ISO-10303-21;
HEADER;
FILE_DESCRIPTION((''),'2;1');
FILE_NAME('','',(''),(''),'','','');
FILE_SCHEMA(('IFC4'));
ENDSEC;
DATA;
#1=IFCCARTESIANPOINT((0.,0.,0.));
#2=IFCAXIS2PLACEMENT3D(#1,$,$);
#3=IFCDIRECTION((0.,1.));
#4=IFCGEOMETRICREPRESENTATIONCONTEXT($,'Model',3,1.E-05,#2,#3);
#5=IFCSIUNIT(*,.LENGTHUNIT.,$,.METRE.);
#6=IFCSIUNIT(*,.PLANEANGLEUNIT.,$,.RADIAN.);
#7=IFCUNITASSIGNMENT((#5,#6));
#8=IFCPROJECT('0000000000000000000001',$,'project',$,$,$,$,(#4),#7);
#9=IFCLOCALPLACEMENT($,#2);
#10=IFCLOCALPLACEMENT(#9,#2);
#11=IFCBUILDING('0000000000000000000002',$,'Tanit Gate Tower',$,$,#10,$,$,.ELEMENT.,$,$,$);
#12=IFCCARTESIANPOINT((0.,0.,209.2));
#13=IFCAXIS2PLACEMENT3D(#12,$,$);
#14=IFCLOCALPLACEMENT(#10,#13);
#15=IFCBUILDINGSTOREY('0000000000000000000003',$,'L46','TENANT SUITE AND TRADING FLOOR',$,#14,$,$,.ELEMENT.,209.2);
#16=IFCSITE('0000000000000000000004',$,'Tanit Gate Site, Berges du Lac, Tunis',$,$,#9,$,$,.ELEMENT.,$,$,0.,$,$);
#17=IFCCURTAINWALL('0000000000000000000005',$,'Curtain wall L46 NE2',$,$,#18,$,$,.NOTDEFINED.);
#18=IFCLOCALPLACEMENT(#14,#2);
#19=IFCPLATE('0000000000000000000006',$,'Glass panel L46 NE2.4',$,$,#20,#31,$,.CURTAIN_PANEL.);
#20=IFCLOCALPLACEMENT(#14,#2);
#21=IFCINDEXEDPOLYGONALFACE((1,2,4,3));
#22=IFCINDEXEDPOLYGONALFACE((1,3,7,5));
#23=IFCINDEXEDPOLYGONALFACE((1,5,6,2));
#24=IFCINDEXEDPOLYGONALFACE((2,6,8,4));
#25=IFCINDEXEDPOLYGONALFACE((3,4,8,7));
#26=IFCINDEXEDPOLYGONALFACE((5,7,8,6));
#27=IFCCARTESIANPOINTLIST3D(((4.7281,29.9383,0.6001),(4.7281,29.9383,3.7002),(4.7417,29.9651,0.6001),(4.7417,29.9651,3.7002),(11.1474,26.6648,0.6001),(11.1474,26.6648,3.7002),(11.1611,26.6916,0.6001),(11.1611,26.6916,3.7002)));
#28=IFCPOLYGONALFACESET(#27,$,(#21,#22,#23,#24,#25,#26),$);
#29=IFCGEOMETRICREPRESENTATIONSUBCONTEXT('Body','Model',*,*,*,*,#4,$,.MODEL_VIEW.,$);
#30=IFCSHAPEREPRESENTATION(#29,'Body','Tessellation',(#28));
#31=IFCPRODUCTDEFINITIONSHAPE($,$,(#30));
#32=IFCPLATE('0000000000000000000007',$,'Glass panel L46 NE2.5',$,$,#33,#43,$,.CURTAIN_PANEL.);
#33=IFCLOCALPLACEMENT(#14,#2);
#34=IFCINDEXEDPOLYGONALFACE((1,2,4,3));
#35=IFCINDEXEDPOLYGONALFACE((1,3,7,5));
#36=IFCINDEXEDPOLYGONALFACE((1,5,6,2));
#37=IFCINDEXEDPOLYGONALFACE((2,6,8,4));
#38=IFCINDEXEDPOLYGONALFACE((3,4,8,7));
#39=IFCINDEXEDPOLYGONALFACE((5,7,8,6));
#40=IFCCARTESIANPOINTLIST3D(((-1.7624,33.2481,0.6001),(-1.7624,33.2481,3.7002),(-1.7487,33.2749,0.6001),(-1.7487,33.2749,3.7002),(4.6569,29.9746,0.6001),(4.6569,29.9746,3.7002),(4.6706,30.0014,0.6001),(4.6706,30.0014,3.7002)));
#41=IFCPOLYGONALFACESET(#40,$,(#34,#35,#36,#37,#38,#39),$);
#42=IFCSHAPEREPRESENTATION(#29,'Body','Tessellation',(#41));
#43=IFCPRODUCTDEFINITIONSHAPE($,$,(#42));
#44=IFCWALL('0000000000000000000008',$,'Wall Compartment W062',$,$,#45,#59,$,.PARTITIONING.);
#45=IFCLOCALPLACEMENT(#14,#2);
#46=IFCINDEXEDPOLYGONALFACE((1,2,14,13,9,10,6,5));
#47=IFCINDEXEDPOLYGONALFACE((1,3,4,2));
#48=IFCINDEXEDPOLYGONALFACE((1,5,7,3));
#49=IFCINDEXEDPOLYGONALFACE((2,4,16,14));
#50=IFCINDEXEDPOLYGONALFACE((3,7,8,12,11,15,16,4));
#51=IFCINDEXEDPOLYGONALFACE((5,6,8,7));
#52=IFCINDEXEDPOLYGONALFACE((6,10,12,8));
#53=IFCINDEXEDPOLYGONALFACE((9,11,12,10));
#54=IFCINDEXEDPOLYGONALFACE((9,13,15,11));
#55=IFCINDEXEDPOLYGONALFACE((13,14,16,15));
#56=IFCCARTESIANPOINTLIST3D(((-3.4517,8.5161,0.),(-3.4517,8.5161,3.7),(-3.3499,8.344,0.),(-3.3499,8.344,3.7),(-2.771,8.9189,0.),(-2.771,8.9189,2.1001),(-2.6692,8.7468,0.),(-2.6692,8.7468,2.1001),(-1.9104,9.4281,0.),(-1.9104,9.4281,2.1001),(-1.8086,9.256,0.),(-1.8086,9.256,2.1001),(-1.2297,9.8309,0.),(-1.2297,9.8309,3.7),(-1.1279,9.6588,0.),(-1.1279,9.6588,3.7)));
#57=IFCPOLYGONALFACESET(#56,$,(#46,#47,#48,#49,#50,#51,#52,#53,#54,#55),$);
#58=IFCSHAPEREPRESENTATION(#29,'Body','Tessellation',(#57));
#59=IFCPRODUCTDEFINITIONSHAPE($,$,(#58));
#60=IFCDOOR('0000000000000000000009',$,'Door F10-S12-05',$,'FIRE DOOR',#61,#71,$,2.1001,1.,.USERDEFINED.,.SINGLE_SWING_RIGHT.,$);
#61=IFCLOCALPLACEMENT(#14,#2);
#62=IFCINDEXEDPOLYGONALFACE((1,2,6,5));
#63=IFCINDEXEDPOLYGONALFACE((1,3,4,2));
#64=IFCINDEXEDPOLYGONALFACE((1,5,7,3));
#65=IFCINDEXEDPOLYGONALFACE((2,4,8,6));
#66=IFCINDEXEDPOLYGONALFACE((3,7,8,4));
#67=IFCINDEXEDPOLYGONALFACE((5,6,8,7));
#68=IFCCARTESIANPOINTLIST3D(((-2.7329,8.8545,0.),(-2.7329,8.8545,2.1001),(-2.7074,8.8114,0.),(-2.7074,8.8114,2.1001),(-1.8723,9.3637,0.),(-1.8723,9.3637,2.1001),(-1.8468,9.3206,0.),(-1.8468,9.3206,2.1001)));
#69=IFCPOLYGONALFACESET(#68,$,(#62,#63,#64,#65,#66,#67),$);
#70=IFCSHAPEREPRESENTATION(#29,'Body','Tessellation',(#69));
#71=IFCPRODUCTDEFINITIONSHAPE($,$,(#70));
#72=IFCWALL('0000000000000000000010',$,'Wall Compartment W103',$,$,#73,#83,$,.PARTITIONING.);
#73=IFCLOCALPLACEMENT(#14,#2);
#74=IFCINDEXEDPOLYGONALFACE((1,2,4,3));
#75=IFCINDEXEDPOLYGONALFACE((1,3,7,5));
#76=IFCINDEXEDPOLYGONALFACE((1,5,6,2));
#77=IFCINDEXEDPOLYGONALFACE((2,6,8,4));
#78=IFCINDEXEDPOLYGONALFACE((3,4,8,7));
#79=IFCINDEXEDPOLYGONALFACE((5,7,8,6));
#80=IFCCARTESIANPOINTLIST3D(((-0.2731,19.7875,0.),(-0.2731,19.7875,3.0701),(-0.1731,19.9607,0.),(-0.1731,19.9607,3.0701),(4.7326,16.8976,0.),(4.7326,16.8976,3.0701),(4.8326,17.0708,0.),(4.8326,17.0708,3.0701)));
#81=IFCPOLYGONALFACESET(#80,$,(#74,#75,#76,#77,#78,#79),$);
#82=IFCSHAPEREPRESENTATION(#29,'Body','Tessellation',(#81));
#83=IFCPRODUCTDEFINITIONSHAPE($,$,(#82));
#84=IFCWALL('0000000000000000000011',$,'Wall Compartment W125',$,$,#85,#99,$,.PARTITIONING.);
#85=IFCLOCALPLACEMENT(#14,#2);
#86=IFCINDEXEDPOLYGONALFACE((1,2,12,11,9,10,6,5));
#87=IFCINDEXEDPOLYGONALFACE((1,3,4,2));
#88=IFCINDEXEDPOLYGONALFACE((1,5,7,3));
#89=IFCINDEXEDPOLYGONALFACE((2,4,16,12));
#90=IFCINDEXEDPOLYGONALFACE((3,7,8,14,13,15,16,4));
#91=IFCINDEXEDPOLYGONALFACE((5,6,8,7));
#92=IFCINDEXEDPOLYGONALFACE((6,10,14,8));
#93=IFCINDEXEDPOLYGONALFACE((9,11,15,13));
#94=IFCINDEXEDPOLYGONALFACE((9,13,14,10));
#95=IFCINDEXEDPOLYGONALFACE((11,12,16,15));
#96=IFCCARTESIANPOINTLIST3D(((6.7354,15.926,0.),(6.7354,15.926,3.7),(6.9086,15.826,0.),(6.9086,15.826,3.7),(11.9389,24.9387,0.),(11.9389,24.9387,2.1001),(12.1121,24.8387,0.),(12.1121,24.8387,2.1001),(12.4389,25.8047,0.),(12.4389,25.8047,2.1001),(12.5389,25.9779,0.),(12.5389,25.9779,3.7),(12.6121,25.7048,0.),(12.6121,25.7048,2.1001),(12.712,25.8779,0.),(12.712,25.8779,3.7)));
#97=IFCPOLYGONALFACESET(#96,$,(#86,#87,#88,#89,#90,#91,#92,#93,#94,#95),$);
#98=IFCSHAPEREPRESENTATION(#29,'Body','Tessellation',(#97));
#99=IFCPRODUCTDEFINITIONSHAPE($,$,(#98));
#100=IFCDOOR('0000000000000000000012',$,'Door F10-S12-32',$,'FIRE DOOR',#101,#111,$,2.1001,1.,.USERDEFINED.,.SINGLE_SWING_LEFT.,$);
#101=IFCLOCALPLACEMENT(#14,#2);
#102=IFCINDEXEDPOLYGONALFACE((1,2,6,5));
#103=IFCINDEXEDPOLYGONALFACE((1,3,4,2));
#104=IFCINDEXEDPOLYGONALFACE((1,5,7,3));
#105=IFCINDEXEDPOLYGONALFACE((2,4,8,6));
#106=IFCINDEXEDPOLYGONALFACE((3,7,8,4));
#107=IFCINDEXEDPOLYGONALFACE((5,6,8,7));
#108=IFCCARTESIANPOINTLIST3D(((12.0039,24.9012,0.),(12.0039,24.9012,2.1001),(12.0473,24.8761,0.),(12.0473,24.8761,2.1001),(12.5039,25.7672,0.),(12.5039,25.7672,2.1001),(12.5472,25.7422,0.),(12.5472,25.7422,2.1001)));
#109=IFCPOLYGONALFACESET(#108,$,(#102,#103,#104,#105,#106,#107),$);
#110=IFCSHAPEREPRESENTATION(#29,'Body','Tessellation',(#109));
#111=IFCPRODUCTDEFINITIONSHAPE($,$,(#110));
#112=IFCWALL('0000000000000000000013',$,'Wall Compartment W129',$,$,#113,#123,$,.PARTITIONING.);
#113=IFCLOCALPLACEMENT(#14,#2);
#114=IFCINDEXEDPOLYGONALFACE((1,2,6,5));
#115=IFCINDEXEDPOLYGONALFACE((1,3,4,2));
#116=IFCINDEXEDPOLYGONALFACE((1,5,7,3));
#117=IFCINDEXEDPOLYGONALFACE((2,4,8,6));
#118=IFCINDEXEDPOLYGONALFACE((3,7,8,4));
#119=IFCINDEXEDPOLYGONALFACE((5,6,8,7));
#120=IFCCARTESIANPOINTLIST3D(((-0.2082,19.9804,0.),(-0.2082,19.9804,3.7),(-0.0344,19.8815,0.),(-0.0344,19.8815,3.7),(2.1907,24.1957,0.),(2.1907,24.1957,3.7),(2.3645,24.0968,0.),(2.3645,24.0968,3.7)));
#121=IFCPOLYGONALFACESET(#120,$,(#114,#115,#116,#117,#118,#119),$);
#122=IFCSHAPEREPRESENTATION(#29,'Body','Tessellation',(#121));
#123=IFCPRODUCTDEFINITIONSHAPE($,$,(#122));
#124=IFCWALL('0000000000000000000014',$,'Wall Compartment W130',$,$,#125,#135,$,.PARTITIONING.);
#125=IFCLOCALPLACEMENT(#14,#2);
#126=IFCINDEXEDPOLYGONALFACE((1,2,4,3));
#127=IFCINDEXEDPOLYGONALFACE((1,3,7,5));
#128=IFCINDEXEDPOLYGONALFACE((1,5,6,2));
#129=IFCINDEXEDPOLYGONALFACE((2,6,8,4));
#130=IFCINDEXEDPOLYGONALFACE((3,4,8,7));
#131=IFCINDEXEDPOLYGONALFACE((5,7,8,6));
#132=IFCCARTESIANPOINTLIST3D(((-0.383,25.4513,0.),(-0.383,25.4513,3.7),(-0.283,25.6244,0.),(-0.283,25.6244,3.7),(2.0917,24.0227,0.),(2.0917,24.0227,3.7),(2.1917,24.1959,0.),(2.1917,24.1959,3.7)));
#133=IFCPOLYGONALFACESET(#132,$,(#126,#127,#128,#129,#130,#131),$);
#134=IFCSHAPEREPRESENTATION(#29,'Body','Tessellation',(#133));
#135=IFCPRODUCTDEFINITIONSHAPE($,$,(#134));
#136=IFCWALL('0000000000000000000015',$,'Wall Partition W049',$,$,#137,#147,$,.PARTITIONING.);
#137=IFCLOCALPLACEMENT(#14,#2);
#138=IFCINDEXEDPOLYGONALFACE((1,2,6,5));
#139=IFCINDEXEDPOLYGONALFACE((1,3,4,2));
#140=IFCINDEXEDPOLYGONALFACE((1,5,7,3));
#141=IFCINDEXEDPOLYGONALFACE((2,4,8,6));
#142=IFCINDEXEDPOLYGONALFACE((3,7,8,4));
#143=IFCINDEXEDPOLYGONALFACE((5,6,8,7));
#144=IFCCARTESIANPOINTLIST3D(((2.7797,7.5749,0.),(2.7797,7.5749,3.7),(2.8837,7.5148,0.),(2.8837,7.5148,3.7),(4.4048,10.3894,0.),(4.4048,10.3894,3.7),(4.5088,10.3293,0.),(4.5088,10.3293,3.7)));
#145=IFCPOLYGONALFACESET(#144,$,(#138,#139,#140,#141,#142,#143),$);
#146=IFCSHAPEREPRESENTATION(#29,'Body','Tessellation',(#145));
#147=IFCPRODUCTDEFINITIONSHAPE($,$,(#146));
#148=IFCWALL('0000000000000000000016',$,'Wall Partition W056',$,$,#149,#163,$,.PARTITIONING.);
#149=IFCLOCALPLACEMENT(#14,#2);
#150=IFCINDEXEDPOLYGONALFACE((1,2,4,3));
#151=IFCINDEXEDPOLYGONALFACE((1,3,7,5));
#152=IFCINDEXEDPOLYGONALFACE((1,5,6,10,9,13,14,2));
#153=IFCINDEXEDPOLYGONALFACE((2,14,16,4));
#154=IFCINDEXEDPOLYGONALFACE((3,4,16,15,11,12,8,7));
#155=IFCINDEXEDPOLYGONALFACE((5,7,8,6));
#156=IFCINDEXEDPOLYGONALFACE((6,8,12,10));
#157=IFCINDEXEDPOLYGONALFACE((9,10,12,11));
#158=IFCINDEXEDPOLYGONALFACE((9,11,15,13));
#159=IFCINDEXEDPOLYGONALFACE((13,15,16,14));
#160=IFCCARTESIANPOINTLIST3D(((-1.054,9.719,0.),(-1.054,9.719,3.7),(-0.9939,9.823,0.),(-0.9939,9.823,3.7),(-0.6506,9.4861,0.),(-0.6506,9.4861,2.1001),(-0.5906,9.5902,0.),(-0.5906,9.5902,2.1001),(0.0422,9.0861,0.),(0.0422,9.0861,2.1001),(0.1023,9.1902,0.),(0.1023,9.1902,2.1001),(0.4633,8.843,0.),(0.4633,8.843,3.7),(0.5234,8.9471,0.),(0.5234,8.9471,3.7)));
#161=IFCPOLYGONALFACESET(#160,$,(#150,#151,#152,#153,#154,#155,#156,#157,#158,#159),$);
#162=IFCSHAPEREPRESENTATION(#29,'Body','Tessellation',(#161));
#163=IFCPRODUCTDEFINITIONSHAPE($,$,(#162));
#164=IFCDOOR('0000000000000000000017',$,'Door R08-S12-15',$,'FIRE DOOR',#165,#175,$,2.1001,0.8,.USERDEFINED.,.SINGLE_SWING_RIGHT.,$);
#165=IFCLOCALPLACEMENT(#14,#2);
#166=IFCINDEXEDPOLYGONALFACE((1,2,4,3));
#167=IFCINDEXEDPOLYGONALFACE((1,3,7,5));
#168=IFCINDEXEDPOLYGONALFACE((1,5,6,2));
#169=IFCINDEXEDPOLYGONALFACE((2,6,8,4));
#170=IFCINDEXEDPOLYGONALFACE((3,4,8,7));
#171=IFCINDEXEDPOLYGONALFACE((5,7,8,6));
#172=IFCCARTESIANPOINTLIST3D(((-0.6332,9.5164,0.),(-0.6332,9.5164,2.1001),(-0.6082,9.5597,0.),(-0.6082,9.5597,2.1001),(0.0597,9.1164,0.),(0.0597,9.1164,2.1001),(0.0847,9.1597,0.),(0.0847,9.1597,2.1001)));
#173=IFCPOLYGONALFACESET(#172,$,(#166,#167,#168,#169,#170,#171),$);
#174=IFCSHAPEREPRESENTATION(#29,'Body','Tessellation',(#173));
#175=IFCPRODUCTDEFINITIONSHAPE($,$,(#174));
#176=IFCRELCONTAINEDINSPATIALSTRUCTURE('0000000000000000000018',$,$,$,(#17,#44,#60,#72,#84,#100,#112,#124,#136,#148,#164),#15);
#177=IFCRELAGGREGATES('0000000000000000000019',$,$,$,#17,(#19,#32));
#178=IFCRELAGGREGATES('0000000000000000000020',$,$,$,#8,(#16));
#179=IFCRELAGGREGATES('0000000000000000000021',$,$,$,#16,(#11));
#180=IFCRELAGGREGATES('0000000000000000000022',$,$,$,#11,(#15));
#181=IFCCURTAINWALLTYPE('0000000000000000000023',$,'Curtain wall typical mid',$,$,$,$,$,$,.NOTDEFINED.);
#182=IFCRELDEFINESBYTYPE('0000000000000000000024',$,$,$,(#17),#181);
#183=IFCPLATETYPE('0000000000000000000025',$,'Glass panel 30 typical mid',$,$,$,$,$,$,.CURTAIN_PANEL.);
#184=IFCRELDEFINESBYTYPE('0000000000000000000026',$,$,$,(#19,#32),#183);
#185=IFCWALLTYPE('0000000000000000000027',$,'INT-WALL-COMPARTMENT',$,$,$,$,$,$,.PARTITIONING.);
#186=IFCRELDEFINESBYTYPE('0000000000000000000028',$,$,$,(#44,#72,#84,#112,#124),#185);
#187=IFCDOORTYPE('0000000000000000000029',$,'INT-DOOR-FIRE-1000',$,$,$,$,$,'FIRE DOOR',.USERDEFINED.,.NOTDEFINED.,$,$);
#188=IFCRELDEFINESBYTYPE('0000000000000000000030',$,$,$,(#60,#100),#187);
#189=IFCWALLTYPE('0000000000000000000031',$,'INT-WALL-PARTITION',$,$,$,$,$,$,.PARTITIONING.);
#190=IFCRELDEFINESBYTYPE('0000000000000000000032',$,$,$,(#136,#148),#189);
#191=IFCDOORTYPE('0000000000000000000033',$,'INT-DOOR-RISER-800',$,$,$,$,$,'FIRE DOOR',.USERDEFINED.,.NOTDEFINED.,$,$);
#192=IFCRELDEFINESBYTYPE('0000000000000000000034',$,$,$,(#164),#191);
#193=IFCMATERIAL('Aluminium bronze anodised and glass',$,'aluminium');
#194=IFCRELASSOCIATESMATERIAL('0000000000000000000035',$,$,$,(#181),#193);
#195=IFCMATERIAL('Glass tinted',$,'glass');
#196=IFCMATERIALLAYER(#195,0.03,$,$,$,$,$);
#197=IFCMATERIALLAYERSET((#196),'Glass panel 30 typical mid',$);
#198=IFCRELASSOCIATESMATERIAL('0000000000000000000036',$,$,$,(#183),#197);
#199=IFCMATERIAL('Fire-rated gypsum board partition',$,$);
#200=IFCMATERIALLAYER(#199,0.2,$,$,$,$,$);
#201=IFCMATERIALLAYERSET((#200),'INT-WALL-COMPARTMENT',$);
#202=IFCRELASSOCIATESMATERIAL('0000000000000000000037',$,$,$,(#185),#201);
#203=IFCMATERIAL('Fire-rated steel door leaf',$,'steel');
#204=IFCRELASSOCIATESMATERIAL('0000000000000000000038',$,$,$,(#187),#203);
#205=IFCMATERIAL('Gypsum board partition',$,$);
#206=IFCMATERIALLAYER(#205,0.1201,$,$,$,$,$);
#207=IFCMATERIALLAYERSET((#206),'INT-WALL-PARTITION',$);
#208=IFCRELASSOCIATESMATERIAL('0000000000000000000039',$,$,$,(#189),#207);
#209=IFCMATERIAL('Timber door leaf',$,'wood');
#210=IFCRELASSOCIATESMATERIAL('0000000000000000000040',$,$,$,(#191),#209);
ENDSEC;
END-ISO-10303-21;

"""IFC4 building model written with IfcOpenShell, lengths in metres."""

from ifc_helpers import new_model, si_unit, direction, frame, frame_2d, origin, origin_2d, place, context, subcontext, project, spatial, rectangle, extrude, material, layer, layer_set, type_object, element, fill, aggregate, save


model = new_model("IFC4")

# Units and contexts
model_context = context("Model", 3, precision=1e-05, world=origin(), true_north=direction((0.0, 1.0)))
body_context = subcontext(model_context, "Body", "Model", "MODEL_VIEW")
ifc_project = project(units=[si_unit("LENGTHUNIT", "METRE"), si_unit("PLANEANGLEUNIT", "RADIAN")], contexts=[model_context])

# Site, building, storey
site_placement = place(None, origin())
site = spatial("IfcSite", under=ifc_project, at=site_placement, Name="Tanit Gate Site, Berges du Lac, Tunis", CompositionType="ELEMENT", RefElevation=0.0)
building_placement = place(site_placement, origin())
building = spatial("IfcBuilding", under=site, at=building_placement, Name="Tanit Gate Tower", CompositionType="ELEMENT")
storey_placement = place(building_placement, frame((0.0, 0.0, 209.2)))
storey = spatial("IfcBuildingStorey", under=building, at=storey_placement, Name="L46", Description="TENANT SUITE AND TRADING FLOOR", CompositionType="ELEMENT", Elevation=209.2)

# Curtain wall
ifc_material_1 = material(Name="Aluminium bronze anodised and glass", Category="aluminium")
curtain_wall_type = type_object("IfcCurtainWallType", Name="Curtain wall typical mid", PredefinedType="NOTDEFINED", material=ifc_material_1)
curtain_wall_1_placement = place(storey_placement, origin())
curtain_wall_1 = element("IfcCurtainWall", 1, at=curtain_wall_1_placement, inside=storey, type_object=curtain_wall_type, Name="Curtain wall L46 NE2", PredefinedType="NOTDEFINED")

# Plates
ifc_material_2 = material(Name="Glass tinted", Category="glass")
ifc_layer_1 = layer(ifc_material_2, 0.03)
ifc_layer_set_1 = layer_set([ifc_layer_1], Name="Glass panel 30 typical mid")
plate_type = type_object("IfcPlateType", Name="Glass panel 30 typical mid", PredefinedType="CURTAIN_PANEL", material=ifc_layer_set_1)
plate_1_placement = place(storey_placement, frame((7.9446, 28.3149, 0.6001), z_axis=(0.0, 0.0, 1.0), x_axis=(-0.890855, 0.454288, 0.0)))
plate_1 = element("IfcPlate", 2, at=plate_1_placement, type_object=plate_type, Name="Glass panel L46 NE2.4", PredefinedType="CURTAIN_PANEL", context=body_context, shape_type="SweptSolid", body=[
    extrude(rectangle(XDim=7.2058, YDim=0.03, at=origin_2d()), origin(), (0.0, 0.0, 1.0), 3.1001),
])
plate_2_placement = place(storey_placement, frame((1.4541, 31.6248, 0.6001), z_axis=(0.0, 0.0, 1.0), x_axis=(-0.890855, 0.454288, 0.0)))
plate_2 = element("IfcPlate", 3, at=plate_2_placement, type_object=plate_type, Name="Glass panel L46 NE2.5", PredefinedType="CURTAIN_PANEL", context=body_context, shape_type="SweptSolid", body=[
    extrude(rectangle(XDim=7.2058, YDim=0.03, at=origin_2d()), origin(), (0.0, 0.0, 1.0), 3.1001),
])
aggregate(curtain_wall_1, [plate_1, plate_2])

# Wall, opening, door
ifc_material_3 = material(Name="Fire-rated gypsum board partition")
ifc_layer_2 = layer(ifc_material_3, 0.2)
ifc_layer_set_2 = layer_set([ifc_layer_2], Name="INT-WALL-COMPARTMENT")
wall_type_1 = type_object("IfcWallType", Name="INT-WALL-COMPARTMENT", PredefinedType="PARTITIONING", material=ifc_layer_set_2)
wall_1_placement = place(storey_placement, frame((-1.1787, 9.7449, 0.0), z_axis=(0.0, 0.0, 1.0), x_axis=(-0.860631, -0.509229, 0.0)))
wall_1 = element("IfcWall", 4, at=wall_1_placement, inside=storey, type_object=wall_type_1, Name="Wall Compartment W062", PredefinedType="PARTITIONING", context=body_context, shape_type="SweptSolid", body=[
    extrude(rectangle(XDim=2.5818, YDim=0.2, at=frame_2d((1.291, 0.0))), origin(), (0.0, 0.0, 1.0), 3.7),
])
opening_1_placement = place(wall_1_placement, frame((0.791, 0.0, 0.0)))
opening_1 = element("IfcOpeningElement", 5, at=opening_1_placement, cuts=wall_1, PredefinedType="OPENING", context=body_context, shape_type="SweptSolid", body=[
    extrude(rectangle(XDim=1.0, YDim=2.1001, at=frame_2d((0.5, 1.05))), frame((0.0, 0.1099, 0.0), z_axis=(0.0, -1.0, 0.0), x_axis=(1.0, 0.0, 0.0)), (0.0, 0.0, 1.0), 0.22),
])
ifc_material_4 = material(Name="Fire-rated steel door leaf", Category="steel")
door_type_1 = type_object("IfcDoorType", Name="INT-DOOR-FIRE-1000", ElementType="FIRE DOOR", OperationType="NOTDEFINED", PredefinedType="USERDEFINED", material=ifc_material_4)
door_1_placement = place(opening_1_placement, origin())
door_1 = element("IfcDoor", 6, at=door_1_placement, inside=storey, type_object=door_type_1, Name="Door F10-S12-05", ObjectType="FIRE DOOR", OperationType="SINGLE_SWING_RIGHT", OverallHeight=2.1001, OverallWidth=1.0, PredefinedType="USERDEFINED", context=body_context, shape_type="SweptSolid", body=[
    extrude(rectangle(XDim=1.0, YDim=2.1001, at=frame_2d((0.5, 1.05))), frame((0.0, 0.0249, 0.0), z_axis=(0.0, -1.0, 0.0), x_axis=(1.0, 0.0, 0.0)), (0.0, 0.0, 1.0), 0.05),
])
fill(opening_1, door_1)

# Wall
wall_2_placement = place(storey_placement, frame((4.7827, 16.9841, 0.0), z_axis=(0.0, 0.0, 1.0), x_axis=(-0.866033, 0.499987, 0.0)))
element("IfcWall", 7, at=wall_2_placement, inside=storey, type_object=wall_type_1, Name="Wall Compartment W103", PredefinedType="PARTITIONING", context=body_context, shape_type="SweptSolid", body=[
    extrude(rectangle(XDim=5.78, YDim=0.2, at=frame_2d((2.8901, 0.0))), origin(), (0.0, 0.0, 1.0), 3.0701),
])

# Wall, opening, door
wall_3_placement = place(storey_placement, frame((6.822, 15.876, 0.0), z_axis=(0.0, 0.0, 1.0), x_axis=(0.499996, 0.866028, 0.0)))
wall_3 = element("IfcWall", 8, at=wall_3_placement, inside=storey, type_object=wall_type_1, Name="Wall Compartment W125", PredefinedType="PARTITIONING", context=body_context, shape_type="SweptSolid", body=[
    extrude(rectangle(XDim=11.6069, YDim=0.2, at=frame_2d((5.8035, 0.0))), origin(), (0.0, 0.0, 1.0), 3.7),
])
opening_2_placement = place(wall_3_placement, frame((10.407, 0.0, 0.0)))
opening_2 = element("IfcOpeningElement", 9, at=opening_2_placement, cuts=wall_3, PredefinedType="OPENING", context=body_context, shape_type="SweptSolid", body=[
    extrude(rectangle(XDim=1.0, YDim=2.1001, at=frame_2d((0.5, 1.05))), frame((0.0, 0.1099, 0.0), z_axis=(0.0, -1.0, 0.0), x_axis=(1.0, 0.0, 0.0)), (0.0, 0.0, 1.0), 0.22),
])
door_2_placement = place(opening_2_placement, origin())
door_2 = element("IfcDoor", 10, at=door_2_placement, inside=storey, type_object=door_type_1, Name="Door F10-S12-32", ObjectType="FIRE DOOR", OperationType="SINGLE_SWING_LEFT", OverallHeight=2.1001, OverallWidth=1.0, PredefinedType="USERDEFINED", context=body_context, shape_type="SweptSolid", body=[
    extrude(rectangle(XDim=1.0, YDim=2.1001, at=frame_2d((0.5, 1.05))), frame((0.0, 0.0249, 0.0), z_axis=(0.0, -1.0, 0.0), x_axis=(1.0, 0.0, 0.0)), (0.0, 0.0, 1.0), 0.05),
])
fill(opening_2, door_2)

# Walls
wall_4_placement = place(storey_placement, frame((2.2776, 24.1462, 0.0), z_axis=(0.0, 0.0, 1.0), x_axis=(-0.494609, -0.869115, 0.0)))
element("IfcWall", 11, at=wall_4_placement, inside=storey, type_object=wall_type_1, Name="Wall Compartment W129", PredefinedType="PARTITIONING", context=body_context, shape_type="SweptSolid", body=[
    extrude(rectangle(XDim=4.8501, YDim=0.2, at=frame_2d((2.425, 0.0))), origin(), (0.0, 0.0, 1.0), 3.7),
])
wall_5_placement = place(storey_placement, frame((-0.333, 25.5378, 0.0), z_axis=(0.0, 0.0, 1.0), x_axis=(0.866063, -0.499934, 0.0)))
element("IfcWall", 12, at=wall_5_placement, inside=storey, type_object=wall_type_1, Name="Wall Compartment W130", PredefinedType="PARTITIONING", context=body_context, shape_type="SweptSolid", body=[
    extrude(rectangle(XDim=2.8574, YDim=0.2, at=frame_2d((1.4287, 0.0))), origin(), (0.0, 0.0, 1.0), 3.7),
])
ifc_material_5 = material(Name="Gypsum board partition")
ifc_layer_3 = layer(ifc_material_5, 0.1201)
ifc_layer_set_3 = layer_set([ifc_layer_3], Name="INT-WALL-PARTITION")
wall_type_2 = type_object("IfcWallType", Name="INT-WALL-PARTITION", PredefinedType="PARTITIONING", material=ifc_layer_set_3)
wall_6_placement = place(storey_placement, frame((4.4568, 10.3594, 0.0), z_axis=(0.0, 0.0, 1.0), x_axis=(-0.500017, -0.866015, 0.0)))
element("IfcWall", 13, at=wall_6_placement, inside=storey, type_object=wall_type_2, Name="Wall Partition W049", PredefinedType="PARTITIONING", context=body_context, shape_type="SweptSolid", body=[
    extrude(rectangle(XDim=3.25, YDim=0.1201, at=frame_2d((1.625, 0.0))), origin(), (0.0, 0.0, 1.0), 3.7),
])

# Wall, opening, door
wall_7_placement = place(storey_placement, frame((-1.0239, 9.771, 0.0), z_axis=(0.0, 0.0, 1.0), x_axis=(0.866039, -0.499976, 0.0)))
wall_7 = element("IfcWall", 14, at=wall_7_placement, inside=storey, type_object=wall_type_2, Name="Wall Partition W056", PredefinedType="PARTITIONING", context=body_context, shape_type="SweptSolid", body=[
    extrude(rectangle(XDim=1.752, YDim=0.1201, at=frame_2d((0.876, 0.0))), origin(), (0.0, 0.0, 1.0), 3.7),
])
opening_3_placement = place(wall_7_placement, frame((0.4658, 0.0, 0.0)))
opening_3 = element("IfcOpeningElement", 15, at=opening_3_placement, cuts=wall_7, PredefinedType="OPENING", context=body_context, shape_type="SweptSolid", body=[
    extrude(rectangle(XDim=0.8, YDim=2.1001, at=frame_2d((0.3999, 1.05))), frame((0.0, 0.0701, 0.0), z_axis=(0.0, -1.0, 0.0), x_axis=(1.0, 0.0, 0.0)), (0.0, 0.0, 1.0), 0.1401),
])
ifc_material_6 = material(Name="Timber door leaf", Category="wood")
door_type_2 = type_object("IfcDoorType", Name="INT-DOOR-RISER-800", ElementType="FIRE DOOR", OperationType="NOTDEFINED", PredefinedType="USERDEFINED", material=ifc_material_6)
door_3_placement = place(opening_3_placement, origin())
door_3 = element("IfcDoor", 16, at=door_3_placement, inside=storey, type_object=door_type_2, Name="Door R08-S12-15", ObjectType="FIRE DOOR", OperationType="SINGLE_SWING_RIGHT", OverallHeight=2.1001, OverallWidth=0.8, PredefinedType="USERDEFINED", context=body_context, shape_type="SweptSolid", body=[
    extrude(rectangle(XDim=0.8, YDim=2.1001, at=frame_2d((0.3999, 1.05))), frame((0.0, 0.0249, 0.0), z_axis=(0.0, -1.0, 0.0), x_axis=(1.0, 0.0, 0.0)), (0.0, 0.0, 1.0), 0.05),
])
fill(opening_3, door_3)

save(model, "model.ifc")
